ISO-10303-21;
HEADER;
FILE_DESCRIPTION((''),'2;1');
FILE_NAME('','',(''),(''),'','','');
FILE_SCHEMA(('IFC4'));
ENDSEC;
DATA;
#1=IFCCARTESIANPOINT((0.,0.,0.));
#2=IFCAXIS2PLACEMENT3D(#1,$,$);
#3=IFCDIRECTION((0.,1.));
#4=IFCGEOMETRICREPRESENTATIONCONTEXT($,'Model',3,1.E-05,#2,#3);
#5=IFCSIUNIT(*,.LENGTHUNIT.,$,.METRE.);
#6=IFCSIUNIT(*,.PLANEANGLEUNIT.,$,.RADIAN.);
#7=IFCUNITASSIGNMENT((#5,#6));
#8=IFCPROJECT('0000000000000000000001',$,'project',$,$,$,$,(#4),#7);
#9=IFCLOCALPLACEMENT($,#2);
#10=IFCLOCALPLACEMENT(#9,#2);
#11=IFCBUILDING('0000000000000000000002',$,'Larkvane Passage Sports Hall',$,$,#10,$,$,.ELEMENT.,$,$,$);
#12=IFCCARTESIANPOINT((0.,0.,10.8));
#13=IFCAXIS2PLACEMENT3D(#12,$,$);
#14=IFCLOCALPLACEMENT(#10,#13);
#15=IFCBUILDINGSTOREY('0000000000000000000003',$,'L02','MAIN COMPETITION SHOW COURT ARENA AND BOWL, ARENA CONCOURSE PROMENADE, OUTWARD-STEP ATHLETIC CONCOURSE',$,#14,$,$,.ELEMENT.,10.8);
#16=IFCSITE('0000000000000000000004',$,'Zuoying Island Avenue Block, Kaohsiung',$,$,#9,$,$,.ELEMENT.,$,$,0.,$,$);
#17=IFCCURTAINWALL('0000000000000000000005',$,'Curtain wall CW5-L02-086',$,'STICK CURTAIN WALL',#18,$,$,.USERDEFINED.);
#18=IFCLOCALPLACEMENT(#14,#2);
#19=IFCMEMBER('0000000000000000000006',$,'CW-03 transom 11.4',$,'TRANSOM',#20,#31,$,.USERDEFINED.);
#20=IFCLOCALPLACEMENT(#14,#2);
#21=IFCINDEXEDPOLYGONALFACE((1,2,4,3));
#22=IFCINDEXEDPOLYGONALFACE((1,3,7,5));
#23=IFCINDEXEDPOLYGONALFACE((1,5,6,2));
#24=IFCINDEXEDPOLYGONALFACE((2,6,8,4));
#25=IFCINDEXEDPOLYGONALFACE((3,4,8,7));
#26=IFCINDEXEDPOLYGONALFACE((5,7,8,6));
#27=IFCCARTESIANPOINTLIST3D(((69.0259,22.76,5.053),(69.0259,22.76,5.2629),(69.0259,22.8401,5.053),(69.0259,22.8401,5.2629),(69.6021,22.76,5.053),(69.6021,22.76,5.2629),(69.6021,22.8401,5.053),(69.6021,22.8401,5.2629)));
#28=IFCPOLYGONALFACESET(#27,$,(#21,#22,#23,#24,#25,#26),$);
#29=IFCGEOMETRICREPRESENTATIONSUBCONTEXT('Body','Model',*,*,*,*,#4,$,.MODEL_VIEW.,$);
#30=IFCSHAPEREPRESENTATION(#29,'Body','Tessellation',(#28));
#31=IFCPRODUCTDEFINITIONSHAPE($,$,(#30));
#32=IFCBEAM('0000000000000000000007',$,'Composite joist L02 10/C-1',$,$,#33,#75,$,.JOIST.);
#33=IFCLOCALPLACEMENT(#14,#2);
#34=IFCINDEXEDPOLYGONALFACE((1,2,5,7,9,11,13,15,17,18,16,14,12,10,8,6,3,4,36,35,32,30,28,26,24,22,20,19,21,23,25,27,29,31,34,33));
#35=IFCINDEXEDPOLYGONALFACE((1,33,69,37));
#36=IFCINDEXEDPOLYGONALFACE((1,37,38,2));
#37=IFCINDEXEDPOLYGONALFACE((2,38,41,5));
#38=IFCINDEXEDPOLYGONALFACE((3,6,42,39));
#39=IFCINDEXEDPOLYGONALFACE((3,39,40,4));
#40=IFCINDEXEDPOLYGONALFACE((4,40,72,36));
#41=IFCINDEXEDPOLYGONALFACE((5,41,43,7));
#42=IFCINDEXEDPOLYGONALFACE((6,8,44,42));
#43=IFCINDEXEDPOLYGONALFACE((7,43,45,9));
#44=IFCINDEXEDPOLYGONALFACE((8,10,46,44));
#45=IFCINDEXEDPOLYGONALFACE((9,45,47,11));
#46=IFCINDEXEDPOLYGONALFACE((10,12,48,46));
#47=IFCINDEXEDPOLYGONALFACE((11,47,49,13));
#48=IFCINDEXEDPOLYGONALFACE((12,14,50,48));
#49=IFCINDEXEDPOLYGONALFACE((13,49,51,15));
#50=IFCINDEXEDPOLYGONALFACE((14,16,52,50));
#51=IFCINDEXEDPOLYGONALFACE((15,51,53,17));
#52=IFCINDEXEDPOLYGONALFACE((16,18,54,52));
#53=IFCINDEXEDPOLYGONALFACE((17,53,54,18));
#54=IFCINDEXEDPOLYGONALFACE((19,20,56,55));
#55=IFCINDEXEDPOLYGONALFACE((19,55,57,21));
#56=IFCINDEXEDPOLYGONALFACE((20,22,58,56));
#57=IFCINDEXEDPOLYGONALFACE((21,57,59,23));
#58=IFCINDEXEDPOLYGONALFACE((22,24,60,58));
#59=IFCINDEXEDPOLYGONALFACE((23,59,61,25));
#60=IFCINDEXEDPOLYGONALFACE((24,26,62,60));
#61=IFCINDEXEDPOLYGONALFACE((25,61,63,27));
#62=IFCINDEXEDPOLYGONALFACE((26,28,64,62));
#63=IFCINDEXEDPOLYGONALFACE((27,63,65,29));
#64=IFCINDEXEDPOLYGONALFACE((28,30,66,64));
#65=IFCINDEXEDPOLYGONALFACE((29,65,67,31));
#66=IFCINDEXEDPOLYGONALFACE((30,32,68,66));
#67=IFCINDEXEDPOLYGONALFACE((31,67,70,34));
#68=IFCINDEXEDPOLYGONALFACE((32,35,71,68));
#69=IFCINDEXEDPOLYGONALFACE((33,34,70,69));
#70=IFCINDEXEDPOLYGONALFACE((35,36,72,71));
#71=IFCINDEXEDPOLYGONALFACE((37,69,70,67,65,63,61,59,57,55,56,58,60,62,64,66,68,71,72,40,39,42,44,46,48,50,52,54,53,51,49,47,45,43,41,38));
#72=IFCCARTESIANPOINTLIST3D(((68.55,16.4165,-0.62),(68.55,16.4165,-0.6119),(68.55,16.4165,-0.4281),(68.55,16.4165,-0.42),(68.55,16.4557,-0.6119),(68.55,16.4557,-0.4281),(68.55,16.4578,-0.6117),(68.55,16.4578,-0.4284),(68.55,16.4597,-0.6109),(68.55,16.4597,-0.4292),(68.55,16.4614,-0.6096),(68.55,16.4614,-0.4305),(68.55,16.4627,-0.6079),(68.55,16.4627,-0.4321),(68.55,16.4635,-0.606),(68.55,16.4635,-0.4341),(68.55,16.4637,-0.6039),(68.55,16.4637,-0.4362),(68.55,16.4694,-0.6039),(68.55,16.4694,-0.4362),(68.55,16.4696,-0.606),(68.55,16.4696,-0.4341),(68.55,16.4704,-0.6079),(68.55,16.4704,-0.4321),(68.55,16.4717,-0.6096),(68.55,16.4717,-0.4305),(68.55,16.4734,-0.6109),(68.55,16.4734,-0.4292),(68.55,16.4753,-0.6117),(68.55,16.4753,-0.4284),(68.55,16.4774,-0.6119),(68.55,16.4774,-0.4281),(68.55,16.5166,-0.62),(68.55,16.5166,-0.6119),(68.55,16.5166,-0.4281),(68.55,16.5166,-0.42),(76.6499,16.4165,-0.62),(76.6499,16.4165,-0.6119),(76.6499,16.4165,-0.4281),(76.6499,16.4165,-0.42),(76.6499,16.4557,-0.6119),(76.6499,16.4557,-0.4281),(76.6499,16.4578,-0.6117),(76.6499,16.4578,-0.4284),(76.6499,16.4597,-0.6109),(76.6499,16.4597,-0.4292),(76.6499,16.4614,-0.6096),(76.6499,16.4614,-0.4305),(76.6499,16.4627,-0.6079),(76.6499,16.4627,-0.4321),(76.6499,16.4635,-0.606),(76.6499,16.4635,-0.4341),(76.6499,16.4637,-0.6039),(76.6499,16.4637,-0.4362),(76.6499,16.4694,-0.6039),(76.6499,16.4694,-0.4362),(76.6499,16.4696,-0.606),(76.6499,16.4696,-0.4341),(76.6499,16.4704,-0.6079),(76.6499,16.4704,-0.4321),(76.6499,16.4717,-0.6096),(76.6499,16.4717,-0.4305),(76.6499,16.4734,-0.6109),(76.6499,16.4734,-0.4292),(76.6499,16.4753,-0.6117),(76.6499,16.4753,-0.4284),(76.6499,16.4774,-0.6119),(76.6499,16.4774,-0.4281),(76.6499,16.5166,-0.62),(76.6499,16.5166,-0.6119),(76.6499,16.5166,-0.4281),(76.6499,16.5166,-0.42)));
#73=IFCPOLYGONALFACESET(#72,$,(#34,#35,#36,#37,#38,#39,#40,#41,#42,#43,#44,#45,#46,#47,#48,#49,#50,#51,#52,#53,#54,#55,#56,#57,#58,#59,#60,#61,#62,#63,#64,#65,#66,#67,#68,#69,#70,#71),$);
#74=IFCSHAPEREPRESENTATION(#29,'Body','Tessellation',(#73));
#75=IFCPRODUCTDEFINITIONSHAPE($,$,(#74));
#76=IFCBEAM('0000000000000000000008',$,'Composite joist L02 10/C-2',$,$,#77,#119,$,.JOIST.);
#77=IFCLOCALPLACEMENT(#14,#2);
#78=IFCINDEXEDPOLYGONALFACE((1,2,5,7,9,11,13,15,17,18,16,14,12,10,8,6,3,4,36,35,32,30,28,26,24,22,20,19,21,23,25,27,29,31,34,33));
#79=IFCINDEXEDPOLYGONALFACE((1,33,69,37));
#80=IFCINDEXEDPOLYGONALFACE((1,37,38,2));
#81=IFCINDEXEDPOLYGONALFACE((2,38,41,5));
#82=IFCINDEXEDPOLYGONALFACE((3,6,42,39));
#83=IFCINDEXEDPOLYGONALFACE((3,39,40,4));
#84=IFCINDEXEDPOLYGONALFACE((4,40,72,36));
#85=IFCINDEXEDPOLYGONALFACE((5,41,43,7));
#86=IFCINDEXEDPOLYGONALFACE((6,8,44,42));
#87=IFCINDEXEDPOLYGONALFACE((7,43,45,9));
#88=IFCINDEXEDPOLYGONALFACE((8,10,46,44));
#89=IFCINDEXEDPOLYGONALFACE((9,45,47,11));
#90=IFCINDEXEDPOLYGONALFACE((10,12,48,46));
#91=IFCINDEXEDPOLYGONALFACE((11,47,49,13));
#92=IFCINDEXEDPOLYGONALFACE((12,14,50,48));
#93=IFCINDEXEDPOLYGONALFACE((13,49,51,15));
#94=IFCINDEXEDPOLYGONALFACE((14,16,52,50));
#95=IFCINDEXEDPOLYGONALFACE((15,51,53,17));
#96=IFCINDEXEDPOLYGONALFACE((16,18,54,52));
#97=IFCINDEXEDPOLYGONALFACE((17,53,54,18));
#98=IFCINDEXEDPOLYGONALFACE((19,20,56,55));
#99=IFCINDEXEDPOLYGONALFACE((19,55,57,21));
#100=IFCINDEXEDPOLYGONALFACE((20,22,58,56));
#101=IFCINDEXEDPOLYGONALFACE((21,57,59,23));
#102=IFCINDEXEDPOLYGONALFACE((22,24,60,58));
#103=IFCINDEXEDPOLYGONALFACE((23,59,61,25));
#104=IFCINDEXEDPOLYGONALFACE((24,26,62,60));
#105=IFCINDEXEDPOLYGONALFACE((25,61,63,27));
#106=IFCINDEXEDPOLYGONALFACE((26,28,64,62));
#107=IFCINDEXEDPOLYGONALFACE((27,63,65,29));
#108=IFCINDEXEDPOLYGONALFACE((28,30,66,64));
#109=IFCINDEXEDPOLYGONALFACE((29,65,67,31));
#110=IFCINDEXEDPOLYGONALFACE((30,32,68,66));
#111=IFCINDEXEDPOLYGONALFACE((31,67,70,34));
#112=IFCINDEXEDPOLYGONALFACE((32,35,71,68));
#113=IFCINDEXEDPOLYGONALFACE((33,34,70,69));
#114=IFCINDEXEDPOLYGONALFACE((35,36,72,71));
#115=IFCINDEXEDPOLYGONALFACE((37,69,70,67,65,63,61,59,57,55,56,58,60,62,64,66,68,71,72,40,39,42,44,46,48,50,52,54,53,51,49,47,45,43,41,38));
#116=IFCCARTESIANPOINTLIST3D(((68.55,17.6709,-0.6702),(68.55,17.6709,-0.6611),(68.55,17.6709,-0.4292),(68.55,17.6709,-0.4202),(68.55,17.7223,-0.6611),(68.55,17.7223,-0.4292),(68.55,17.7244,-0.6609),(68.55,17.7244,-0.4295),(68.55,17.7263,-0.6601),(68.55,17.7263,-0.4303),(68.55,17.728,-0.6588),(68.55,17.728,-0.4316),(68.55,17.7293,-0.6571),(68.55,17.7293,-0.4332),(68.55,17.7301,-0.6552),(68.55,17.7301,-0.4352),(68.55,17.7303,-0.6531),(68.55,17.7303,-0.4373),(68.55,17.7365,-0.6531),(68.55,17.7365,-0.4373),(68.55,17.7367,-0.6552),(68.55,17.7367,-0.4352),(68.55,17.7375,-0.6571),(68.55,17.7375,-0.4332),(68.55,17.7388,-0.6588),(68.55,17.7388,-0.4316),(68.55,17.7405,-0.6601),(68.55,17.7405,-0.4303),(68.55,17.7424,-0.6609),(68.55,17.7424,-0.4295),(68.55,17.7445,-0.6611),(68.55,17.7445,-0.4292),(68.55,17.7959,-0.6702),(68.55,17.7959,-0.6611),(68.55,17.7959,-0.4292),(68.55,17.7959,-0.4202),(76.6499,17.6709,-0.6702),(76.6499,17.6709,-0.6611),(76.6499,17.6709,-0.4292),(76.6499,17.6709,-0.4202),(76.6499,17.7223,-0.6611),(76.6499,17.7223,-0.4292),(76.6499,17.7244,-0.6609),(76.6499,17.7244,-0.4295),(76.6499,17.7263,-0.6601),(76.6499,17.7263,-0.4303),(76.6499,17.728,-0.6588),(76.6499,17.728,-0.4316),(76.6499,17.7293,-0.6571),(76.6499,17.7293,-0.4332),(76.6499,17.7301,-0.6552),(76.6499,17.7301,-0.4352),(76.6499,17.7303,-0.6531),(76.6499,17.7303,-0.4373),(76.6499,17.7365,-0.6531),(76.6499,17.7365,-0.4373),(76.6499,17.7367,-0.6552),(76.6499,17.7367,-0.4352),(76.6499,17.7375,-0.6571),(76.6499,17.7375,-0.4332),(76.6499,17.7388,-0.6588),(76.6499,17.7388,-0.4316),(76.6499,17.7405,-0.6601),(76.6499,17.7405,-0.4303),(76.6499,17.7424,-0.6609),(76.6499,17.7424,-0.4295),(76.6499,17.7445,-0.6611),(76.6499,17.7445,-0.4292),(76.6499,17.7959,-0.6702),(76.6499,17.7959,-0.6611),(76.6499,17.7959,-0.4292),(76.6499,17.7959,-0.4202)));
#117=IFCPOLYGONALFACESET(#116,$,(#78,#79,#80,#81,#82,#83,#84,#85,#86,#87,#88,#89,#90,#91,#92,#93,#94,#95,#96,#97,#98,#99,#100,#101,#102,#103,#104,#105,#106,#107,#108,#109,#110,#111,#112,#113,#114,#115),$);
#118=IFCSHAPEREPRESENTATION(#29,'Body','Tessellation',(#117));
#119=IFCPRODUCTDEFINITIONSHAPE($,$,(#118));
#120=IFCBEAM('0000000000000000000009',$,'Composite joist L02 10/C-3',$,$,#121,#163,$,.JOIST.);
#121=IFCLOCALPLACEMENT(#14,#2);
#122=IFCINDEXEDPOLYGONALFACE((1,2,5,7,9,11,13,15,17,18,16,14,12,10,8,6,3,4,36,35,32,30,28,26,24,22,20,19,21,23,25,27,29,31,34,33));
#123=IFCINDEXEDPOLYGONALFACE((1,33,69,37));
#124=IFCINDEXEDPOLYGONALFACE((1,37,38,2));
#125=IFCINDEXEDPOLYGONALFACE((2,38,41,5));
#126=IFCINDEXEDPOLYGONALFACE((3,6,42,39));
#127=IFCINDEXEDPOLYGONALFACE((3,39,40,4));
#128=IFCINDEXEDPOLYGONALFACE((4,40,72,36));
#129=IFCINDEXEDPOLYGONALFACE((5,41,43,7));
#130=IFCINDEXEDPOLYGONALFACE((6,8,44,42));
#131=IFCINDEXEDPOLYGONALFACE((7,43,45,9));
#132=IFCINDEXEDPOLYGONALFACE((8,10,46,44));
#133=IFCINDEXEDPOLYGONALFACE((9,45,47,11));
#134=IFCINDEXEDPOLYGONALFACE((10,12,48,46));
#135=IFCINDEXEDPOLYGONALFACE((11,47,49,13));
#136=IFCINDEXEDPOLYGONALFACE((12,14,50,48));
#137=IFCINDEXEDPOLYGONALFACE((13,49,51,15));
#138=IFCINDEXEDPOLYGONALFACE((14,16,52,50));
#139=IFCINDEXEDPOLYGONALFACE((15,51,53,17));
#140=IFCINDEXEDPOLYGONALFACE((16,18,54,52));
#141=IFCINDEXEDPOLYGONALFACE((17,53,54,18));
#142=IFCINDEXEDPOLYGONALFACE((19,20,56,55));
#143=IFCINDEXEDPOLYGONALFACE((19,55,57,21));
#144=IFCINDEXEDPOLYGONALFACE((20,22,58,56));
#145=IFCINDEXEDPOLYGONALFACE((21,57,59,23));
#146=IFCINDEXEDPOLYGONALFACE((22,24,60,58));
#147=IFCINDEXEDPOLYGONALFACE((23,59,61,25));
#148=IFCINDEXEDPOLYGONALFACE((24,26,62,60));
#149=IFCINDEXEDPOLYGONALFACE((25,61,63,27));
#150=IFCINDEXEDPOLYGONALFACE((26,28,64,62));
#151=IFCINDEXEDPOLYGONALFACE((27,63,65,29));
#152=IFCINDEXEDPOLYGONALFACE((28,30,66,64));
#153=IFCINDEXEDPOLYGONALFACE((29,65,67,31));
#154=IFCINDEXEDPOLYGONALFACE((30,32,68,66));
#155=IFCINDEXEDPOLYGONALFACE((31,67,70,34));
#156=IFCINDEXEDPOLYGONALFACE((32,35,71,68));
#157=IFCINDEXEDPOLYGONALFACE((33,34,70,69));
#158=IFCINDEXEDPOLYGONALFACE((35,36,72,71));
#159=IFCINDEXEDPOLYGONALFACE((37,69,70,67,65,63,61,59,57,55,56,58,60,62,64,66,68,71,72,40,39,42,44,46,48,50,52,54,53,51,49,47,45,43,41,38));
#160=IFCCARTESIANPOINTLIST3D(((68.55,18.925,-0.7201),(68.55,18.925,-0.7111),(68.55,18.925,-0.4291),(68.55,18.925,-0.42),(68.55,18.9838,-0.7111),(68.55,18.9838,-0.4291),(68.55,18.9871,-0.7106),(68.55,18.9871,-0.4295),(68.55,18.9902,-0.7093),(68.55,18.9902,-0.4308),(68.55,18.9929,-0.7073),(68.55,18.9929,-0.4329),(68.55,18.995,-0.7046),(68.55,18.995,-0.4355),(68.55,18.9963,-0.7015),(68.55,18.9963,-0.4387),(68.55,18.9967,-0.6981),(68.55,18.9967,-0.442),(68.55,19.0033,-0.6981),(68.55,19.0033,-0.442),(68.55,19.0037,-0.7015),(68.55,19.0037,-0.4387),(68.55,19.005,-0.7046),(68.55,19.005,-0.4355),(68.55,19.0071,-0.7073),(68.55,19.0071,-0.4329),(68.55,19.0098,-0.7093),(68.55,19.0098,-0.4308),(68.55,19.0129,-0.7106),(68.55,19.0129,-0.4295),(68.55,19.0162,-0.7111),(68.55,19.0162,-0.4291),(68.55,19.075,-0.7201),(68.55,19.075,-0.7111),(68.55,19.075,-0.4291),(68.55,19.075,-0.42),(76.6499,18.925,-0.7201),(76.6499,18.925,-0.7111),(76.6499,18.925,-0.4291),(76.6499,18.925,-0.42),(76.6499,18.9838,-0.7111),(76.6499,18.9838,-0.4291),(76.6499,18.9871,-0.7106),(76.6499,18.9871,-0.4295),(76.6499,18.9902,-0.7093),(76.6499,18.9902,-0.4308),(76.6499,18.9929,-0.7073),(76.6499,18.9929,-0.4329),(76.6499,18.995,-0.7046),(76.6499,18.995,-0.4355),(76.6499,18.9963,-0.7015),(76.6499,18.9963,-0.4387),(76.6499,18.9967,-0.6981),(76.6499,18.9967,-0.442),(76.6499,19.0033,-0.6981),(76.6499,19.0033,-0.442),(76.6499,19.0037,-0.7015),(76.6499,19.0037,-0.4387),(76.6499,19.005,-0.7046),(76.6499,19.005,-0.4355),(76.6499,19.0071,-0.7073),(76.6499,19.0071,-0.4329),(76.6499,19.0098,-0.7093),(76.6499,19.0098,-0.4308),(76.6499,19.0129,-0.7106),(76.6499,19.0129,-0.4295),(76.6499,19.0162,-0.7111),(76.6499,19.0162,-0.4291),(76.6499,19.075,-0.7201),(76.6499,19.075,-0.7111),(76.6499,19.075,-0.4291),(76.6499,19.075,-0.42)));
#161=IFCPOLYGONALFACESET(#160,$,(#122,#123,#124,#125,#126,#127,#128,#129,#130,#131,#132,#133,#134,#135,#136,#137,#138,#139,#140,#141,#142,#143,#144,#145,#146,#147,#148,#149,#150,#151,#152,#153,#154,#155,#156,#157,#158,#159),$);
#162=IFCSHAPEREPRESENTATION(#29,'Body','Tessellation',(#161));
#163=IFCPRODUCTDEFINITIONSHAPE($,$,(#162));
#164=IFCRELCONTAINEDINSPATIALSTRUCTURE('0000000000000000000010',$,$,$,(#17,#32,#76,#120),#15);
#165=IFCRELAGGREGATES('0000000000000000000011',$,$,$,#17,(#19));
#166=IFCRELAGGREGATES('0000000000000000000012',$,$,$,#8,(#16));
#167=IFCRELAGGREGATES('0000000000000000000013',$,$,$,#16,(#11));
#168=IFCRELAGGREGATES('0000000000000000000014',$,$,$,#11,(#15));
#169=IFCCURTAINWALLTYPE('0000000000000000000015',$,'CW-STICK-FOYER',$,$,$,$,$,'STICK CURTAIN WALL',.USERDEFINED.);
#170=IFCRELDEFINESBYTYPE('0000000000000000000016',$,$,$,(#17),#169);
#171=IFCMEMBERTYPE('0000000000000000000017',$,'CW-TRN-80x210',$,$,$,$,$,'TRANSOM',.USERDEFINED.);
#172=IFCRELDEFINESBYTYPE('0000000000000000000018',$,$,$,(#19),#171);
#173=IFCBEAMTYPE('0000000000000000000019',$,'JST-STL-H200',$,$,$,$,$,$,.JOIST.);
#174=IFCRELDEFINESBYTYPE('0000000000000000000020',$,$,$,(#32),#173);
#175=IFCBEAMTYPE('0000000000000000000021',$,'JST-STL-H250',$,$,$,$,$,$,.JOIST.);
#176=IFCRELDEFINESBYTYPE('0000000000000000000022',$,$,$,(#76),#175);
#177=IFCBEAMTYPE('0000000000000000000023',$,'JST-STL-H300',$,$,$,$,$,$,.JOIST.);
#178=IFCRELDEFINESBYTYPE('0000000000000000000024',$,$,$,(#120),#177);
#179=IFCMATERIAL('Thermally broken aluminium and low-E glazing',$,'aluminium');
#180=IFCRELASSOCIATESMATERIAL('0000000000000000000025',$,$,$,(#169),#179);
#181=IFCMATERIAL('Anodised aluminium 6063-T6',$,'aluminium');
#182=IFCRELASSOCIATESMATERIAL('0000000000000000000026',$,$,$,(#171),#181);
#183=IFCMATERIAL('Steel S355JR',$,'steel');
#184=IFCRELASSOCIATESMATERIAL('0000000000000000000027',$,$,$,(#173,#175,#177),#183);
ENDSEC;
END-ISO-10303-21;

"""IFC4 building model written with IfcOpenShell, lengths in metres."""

from ifc_helpers import new_model, si_unit, direction, frame, origin, origin_2d, place, context, subcontext, project, spatial, rectangle, i_section, extrude, material, material_profile, profile_set, type_object, element, aggregate, save


model = new_model("IFC4")

# Units and contexts
model_context = context("Model", 3, precision=1e-05, world=origin(), true_north=direction((0.0, 1.0)))
body_context = subcontext(model_context, "Body", "Model", "MODEL_VIEW")
ifc_project = project(units=[si_unit("LENGTHUNIT", "METRE"), si_unit("PLANEANGLEUNIT", "RADIAN")], contexts=[model_context])

# Site, building, storey
site_placement = place(None, origin())
site = spatial("IfcSite", under=ifc_project, at=site_placement, Name="Zuoying Island Avenue Block, Kaohsiung", CompositionType="ELEMENT", RefElevation=0.0)
building_placement = place(site_placement, origin())
building = spatial("IfcBuilding", under=site, at=building_placement, Name="Larkvane Passage Sports Hall", CompositionType="ELEMENT")
storey_placement = place(building_placement, frame((0.0, 0.0, 10.8)))
storey = spatial("IfcBuildingStorey", under=building, at=storey_placement, Name="L02", Description="MAIN COMPETITION SHOW COURT ARENA AND BOWL, ARENA CONCOURSE PROMENADE, OUTWARD-STEP ATHLETIC CONCOURSE", CompositionType="ELEMENT", Elevation=10.8)

# Shared definitions
ifc_material_1 = material(Name="Steel S355JR", Category="steel")

# Shared definitions
ifc_material_2 = material(Name="Thermally broken aluminium and low-E glazing", Category="aluminium")
ifc_material_3 = material(Name="Anodised aluminium 6063-T6", Category="aluminium")

# Curtain wall
curtain_wall_type_1 = type_object("IfcCurtainWallType", Name="CW-STICK-FOYER", ElementType="STICK CURTAIN WALL", PredefinedType="USERDEFINED", material=ifc_material_2)
curtain_wall_1_placement = place(storey_placement, origin())
curtain_wall_1 = element("IfcCurtainWall", 1, at=curtain_wall_1_placement, inside=storey, type_object=curtain_wall_type_1, Name="Curtain wall CW5-L02-086", ObjectType="STICK CURTAIN WALL", PredefinedType="USERDEFINED")

# Member
ifc_material_profile_1 = material_profile(ifc_material_3, rectangle(XDim=0.0801, YDim=0.21, at=origin_2d()), Name="ALU-TRN-80x210")
ifc_profile_set_1 = profile_set([ifc_material_profile_1], Name="Anodised aluminium 6063-T6")
member_type_1 = type_object("IfcMemberType", Name="CW-TRN-80x210", ElementType="TRANSOM", PredefinedType="USERDEFINED", material=ifc_profile_set_1)
member_1_placement = place(storey_placement, frame((69.6021, 22.8, 5.158), z_axis=(-1.0, 0.0, 0.0), x_axis=(0.0, -1.0, 0.0)))
member_1 = element("IfcMember", 2, at=member_1_placement, type_object=member_type_1, Name="CW-03 transom 11.4", ObjectType="TRANSOM", PredefinedType="USERDEFINED", context=body_context, shape_type="SweptSolid", body=[
    extrude(rectangle(XDim=0.0801, YDim=0.21, at=origin_2d()), origin(), (0.0, 0.0, 1.0), 0.5762),
])

# Beams
ifc_material_profile_2 = material_profile(ifc_material_1, i_section(OverallWidth=0.1001, OverallDepth=0.2, WebThickness=0.0056, FlangeThickness=0.0081, FilletRadius=0.0081, at=origin_2d()), Name="H-200x100x5.5x8")
ifc_profile_set_2 = profile_set([ifc_material_profile_2], Name="Steel S355JR")
beam_type_1 = type_object("IfcBeamType", Name="JST-STL-H200", PredefinedType="JOIST", material=ifc_profile_set_2)
beam_1_placement = place(storey_placement, frame((68.55, 16.4666, -0.52), z_axis=(1.0, 0.0, 0.0), x_axis=(0.0, 1.0, 0.0)))
element("IfcBeam", 3, at=beam_1_placement, inside=storey, type_object=beam_type_1, Name="Composite joist L02 10/C-1", PredefinedType="JOIST", context=body_context, shape_type="SweptSolid", body=[
    extrude(i_section(OverallWidth=0.1001, OverallDepth=0.2, WebThickness=0.0056, FlangeThickness=0.0081, FilletRadius=0.0081, at=origin_2d()), origin(), (0.0, 0.0, 1.0), 8.0999),
])
ifc_material_profile_3 = material_profile(ifc_material_1, i_section(OverallWidth=0.125, OverallDepth=0.25, WebThickness=0.0061, FlangeThickness=0.009, FilletRadius=0.0081, at=origin_2d()), Name="H-250x125x6x9")
ifc_profile_set_3 = profile_set([ifc_material_profile_3], Name="Steel S355JR")
beam_type_2 = type_object("IfcBeamType", Name="JST-STL-H250", PredefinedType="JOIST", material=ifc_profile_set_3)
beam_2_placement = place(storey_placement, frame((68.55, 17.7334, -0.5452), z_axis=(1.0, 0.0, 0.0), x_axis=(0.0, 1.0, 0.0)))
element("IfcBeam", 4, at=beam_2_placement, inside=storey, type_object=beam_type_2, Name="Composite joist L02 10/C-2", PredefinedType="JOIST", context=body_context, shape_type="SweptSolid", body=[
    extrude(i_section(OverallWidth=0.125, OverallDepth=0.25, WebThickness=0.0061, FlangeThickness=0.009, FilletRadius=0.0081, at=origin_2d()), origin(), (0.0, 0.0, 1.0), 8.0999),
])
ifc_material_profile_4 = material_profile(ifc_material_1, i_section(OverallWidth=0.1499, OverallDepth=0.3, WebThickness=0.0066, FlangeThickness=0.009, FilletRadius=0.0129, at=origin_2d()), Name="H-300x150x6.5x9")
ifc_profile_set_4 = profile_set([ifc_material_profile_4], Name="Steel S355JR")
beam_type_3 = type_object("IfcBeamType", Name="JST-STL-H300", PredefinedType="JOIST", material=ifc_profile_set_4)
beam_3_placement = place(storey_placement, frame((68.55, 19.0, -0.5701), z_axis=(1.0, 0.0, 0.0), x_axis=(0.0, 1.0, 0.0)))
element("IfcBeam", 5, at=beam_3_placement, inside=storey, type_object=beam_type_3, Name="Composite joist L02 10/C-3", PredefinedType="JOIST", context=body_context, shape_type="SweptSolid", body=[
    extrude(i_section(OverallWidth=0.1499, OverallDepth=0.3, WebThickness=0.0066, FlangeThickness=0.009, FilletRadius=0.0129, at=origin_2d()), origin(), (0.0, 0.0, 1.0), 8.0999),
])

aggregate(curtain_wall_1, [member_1])

save(model, "model.ifc")
